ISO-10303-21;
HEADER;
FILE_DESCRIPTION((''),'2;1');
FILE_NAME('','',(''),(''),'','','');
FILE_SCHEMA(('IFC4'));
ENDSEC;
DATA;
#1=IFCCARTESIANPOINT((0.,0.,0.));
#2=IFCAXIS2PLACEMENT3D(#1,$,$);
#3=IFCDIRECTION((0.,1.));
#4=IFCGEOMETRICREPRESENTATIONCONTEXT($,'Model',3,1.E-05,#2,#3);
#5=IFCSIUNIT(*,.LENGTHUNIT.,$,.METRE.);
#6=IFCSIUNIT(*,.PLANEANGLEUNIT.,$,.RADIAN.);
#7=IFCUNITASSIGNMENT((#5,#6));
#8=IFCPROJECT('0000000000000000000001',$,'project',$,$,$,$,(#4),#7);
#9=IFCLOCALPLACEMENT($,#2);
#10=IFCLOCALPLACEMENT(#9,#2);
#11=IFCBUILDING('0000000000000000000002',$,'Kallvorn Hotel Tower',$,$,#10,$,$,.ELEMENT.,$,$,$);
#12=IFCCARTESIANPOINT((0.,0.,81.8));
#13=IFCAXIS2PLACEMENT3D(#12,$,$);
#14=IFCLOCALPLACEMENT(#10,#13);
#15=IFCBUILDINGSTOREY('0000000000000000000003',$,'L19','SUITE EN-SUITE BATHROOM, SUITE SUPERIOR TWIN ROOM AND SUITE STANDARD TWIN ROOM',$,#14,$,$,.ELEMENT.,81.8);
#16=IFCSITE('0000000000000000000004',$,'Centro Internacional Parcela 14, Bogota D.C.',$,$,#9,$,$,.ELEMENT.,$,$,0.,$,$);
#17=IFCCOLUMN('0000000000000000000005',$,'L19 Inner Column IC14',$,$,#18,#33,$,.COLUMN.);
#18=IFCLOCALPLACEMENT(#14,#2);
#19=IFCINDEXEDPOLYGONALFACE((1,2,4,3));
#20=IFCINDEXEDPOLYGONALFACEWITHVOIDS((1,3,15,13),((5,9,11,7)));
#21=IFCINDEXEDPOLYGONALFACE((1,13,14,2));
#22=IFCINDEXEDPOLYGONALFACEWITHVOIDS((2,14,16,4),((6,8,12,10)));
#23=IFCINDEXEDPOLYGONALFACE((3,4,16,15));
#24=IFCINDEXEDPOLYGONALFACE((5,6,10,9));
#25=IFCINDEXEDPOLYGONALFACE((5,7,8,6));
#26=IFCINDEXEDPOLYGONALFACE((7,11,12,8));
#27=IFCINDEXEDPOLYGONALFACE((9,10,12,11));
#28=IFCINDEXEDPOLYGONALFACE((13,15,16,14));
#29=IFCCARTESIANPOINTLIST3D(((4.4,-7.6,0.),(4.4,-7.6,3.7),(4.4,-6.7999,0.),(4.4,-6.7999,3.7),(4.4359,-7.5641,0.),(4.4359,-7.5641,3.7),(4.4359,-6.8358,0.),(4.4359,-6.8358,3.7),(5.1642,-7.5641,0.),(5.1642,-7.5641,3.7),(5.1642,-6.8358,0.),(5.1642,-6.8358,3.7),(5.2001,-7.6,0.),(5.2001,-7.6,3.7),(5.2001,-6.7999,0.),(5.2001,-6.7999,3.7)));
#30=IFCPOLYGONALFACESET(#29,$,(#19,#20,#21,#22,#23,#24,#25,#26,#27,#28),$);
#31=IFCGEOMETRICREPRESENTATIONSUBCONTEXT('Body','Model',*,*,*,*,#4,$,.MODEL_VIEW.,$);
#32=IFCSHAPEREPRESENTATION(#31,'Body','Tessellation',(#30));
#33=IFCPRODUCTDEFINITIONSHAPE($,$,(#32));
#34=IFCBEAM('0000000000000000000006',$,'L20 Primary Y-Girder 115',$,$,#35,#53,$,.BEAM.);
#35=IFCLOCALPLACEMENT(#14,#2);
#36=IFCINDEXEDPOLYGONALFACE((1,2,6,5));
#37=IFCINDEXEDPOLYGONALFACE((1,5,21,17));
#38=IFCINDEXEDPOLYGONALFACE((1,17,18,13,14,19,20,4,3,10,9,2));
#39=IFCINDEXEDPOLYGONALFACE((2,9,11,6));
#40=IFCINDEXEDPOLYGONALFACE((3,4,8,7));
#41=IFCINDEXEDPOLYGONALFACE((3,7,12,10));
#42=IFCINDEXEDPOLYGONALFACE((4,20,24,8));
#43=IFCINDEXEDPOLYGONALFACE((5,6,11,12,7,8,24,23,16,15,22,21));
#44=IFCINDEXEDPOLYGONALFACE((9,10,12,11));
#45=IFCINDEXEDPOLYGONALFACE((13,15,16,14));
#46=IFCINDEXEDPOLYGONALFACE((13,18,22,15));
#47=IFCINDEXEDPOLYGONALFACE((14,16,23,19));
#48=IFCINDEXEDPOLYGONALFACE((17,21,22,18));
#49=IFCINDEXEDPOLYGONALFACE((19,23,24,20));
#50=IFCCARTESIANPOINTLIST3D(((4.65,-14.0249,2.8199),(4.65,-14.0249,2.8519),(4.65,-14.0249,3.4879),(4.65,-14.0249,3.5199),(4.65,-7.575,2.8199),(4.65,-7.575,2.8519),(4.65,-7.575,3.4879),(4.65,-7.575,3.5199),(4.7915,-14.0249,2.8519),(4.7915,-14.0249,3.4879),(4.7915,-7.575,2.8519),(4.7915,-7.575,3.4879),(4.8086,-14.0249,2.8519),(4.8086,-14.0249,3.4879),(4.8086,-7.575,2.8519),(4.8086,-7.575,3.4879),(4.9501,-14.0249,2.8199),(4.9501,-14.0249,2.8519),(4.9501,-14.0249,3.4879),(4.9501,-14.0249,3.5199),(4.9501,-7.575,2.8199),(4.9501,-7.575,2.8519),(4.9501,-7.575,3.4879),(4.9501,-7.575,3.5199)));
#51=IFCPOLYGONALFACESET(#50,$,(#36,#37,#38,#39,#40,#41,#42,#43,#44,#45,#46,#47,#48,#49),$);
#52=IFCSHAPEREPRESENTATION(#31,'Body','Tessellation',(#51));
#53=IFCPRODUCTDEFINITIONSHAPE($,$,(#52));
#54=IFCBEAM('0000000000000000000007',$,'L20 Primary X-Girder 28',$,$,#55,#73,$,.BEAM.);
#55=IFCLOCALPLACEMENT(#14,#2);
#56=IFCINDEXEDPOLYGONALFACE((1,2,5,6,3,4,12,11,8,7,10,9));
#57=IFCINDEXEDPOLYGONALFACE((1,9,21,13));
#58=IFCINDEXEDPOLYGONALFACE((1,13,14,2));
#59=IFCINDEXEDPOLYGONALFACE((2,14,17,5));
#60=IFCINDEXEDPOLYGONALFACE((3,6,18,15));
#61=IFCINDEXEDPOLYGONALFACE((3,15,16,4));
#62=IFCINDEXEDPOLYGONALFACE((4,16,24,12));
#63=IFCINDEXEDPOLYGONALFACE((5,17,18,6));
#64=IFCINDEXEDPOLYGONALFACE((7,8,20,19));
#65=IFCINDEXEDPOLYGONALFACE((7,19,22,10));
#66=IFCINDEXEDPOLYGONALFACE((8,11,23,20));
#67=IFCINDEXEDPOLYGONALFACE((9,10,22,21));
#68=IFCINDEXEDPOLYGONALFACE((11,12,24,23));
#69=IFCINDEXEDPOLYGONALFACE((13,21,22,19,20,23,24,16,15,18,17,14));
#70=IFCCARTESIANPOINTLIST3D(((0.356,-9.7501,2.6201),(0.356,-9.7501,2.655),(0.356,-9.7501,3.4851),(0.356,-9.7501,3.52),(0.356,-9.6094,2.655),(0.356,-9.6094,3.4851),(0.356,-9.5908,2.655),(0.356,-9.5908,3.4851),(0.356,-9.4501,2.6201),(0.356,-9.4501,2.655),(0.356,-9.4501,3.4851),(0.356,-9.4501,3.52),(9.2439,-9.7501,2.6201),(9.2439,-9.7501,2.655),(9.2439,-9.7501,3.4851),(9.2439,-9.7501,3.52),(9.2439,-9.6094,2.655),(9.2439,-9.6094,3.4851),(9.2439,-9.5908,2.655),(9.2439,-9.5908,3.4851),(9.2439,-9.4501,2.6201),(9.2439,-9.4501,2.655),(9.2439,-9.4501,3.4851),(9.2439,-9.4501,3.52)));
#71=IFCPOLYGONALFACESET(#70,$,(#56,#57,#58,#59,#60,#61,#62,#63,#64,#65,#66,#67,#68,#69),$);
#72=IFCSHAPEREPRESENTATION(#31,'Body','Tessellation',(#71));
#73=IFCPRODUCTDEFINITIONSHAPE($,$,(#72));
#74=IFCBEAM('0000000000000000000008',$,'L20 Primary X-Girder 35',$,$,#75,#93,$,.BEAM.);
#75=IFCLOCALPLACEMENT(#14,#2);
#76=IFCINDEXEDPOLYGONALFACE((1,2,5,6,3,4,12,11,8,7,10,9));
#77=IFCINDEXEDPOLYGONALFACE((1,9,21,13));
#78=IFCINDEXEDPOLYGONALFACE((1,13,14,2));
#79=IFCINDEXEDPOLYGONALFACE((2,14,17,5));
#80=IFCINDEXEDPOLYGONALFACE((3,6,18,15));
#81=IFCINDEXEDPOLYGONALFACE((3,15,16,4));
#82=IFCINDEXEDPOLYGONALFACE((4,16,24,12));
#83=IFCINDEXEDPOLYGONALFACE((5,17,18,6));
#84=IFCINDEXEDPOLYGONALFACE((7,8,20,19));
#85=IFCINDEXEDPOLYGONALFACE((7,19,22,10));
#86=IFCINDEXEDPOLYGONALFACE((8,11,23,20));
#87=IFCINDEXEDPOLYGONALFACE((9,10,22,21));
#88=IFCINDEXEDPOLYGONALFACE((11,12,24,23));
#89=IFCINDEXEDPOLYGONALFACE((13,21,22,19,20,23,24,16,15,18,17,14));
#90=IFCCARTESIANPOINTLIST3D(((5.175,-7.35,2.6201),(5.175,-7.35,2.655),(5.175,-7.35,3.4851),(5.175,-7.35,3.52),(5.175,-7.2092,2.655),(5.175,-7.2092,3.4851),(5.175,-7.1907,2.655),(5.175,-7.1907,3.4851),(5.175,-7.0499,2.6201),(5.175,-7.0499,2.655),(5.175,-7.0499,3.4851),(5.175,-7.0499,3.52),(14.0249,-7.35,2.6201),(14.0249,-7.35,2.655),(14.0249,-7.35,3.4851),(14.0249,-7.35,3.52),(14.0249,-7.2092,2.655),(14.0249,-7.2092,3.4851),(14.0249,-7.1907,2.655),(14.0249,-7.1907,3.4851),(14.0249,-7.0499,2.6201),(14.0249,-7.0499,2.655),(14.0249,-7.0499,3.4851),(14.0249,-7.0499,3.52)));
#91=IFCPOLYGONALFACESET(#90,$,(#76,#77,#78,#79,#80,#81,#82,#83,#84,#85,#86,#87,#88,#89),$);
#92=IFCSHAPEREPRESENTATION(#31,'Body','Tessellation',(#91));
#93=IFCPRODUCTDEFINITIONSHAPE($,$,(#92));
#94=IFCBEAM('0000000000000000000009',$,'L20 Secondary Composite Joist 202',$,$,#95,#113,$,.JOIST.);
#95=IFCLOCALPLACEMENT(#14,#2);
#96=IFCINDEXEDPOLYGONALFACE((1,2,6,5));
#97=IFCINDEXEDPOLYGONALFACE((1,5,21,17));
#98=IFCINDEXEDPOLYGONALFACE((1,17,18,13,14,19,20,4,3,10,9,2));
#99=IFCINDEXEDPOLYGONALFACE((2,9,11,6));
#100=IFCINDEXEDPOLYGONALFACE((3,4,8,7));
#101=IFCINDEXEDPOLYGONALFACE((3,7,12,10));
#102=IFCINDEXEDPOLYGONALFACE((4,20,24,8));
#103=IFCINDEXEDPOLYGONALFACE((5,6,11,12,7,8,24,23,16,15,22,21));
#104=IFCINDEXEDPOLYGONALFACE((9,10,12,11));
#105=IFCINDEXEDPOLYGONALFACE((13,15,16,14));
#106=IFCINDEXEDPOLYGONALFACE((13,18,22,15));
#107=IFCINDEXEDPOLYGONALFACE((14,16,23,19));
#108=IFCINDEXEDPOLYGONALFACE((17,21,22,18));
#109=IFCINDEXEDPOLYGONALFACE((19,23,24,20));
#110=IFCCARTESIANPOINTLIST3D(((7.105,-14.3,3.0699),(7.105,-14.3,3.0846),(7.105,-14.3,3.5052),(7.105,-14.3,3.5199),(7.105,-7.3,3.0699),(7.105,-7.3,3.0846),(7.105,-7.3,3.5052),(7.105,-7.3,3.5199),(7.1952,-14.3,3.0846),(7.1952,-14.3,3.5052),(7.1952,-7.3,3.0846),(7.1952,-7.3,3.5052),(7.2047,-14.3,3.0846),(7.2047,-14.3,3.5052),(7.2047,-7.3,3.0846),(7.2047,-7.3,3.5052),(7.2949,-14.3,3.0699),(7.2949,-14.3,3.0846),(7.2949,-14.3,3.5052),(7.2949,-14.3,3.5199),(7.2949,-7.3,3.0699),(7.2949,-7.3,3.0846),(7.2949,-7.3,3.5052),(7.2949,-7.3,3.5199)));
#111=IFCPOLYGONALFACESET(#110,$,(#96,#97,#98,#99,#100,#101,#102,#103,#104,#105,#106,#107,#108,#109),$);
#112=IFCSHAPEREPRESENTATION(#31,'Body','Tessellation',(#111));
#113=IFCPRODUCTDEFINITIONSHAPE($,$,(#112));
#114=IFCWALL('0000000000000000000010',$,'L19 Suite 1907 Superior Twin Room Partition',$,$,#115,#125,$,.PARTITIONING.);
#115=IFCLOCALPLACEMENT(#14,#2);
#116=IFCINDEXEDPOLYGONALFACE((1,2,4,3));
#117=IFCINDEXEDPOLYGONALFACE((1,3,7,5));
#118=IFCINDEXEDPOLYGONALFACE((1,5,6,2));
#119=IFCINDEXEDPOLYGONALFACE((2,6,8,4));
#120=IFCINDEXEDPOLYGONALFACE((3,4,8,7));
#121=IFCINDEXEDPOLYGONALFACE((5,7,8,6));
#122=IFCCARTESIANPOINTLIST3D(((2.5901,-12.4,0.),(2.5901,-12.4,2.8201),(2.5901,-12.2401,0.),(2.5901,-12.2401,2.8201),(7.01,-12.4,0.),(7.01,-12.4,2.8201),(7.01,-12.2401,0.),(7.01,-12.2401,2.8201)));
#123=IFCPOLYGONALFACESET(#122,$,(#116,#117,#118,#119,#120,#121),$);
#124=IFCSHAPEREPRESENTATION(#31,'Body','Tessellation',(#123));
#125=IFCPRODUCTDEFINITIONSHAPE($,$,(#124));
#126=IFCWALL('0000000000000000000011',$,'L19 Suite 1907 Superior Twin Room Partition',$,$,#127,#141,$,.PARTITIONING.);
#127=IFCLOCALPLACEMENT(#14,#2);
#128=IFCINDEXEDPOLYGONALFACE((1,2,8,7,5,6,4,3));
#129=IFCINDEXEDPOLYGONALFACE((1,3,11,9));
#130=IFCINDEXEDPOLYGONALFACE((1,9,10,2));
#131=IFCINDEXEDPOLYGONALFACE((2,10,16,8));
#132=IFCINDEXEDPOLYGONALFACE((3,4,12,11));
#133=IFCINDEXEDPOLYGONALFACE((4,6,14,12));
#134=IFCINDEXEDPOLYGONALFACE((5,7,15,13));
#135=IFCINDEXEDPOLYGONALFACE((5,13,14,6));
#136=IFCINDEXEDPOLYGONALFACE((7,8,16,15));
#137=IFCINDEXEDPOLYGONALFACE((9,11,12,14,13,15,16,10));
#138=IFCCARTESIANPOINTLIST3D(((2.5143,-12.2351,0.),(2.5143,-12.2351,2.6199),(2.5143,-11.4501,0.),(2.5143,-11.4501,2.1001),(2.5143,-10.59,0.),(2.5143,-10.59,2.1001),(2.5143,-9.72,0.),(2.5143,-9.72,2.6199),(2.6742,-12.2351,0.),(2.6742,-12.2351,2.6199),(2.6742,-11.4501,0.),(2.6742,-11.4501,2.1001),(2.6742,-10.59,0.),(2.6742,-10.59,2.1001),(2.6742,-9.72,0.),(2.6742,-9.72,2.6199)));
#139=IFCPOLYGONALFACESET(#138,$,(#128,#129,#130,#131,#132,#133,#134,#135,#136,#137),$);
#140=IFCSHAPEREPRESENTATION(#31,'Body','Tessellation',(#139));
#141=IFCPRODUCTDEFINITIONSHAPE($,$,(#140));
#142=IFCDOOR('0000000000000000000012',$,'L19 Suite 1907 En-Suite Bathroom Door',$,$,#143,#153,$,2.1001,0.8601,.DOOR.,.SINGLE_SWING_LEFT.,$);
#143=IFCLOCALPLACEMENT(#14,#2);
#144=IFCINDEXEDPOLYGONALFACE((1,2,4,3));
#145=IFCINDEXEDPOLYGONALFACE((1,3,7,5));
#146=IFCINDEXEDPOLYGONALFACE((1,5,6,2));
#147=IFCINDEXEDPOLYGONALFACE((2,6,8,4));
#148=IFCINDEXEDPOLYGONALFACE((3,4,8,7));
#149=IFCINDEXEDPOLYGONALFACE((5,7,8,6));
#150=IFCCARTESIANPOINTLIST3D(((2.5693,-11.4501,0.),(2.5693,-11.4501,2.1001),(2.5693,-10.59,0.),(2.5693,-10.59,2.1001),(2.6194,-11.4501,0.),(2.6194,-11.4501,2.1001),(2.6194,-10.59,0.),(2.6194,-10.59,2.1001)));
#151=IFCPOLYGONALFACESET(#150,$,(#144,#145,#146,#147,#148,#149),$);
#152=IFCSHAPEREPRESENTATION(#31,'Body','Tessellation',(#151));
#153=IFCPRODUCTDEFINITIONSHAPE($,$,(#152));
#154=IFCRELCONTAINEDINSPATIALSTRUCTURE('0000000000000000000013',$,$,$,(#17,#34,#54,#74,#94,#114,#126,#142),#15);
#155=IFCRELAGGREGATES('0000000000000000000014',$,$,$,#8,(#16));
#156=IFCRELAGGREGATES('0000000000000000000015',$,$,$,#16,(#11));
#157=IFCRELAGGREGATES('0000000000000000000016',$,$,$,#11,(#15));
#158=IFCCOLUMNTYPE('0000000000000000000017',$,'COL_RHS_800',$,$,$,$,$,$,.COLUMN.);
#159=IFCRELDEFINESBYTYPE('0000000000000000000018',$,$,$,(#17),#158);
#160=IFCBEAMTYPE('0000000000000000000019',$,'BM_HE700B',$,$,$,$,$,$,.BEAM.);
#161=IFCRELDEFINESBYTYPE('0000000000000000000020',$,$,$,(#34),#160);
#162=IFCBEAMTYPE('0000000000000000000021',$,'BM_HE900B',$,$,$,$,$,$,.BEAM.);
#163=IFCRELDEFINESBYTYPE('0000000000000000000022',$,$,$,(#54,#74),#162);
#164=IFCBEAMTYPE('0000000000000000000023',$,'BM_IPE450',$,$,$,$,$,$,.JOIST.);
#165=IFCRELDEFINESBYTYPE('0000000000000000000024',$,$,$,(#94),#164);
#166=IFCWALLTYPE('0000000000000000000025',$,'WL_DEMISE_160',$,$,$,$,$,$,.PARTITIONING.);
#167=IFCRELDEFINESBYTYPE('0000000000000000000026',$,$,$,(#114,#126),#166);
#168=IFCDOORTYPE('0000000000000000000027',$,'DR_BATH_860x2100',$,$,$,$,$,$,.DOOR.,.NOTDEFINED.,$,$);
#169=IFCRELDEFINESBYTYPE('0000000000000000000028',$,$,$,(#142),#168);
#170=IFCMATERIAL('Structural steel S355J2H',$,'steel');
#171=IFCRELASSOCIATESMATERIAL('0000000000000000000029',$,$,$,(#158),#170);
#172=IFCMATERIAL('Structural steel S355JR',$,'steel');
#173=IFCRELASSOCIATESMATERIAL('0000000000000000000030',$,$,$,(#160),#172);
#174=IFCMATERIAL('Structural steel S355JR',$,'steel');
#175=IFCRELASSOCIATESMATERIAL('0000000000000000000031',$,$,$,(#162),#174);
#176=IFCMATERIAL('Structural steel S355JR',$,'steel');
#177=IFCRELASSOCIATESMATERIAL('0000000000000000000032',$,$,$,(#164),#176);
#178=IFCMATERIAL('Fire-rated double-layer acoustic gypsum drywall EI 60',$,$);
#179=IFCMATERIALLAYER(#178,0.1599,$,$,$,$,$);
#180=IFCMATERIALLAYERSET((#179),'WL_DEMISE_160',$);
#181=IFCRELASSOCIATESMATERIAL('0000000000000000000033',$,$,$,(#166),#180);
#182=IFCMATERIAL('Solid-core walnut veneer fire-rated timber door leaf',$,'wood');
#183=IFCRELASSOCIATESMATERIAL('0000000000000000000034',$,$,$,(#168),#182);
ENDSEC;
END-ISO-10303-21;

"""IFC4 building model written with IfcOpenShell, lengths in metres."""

from ifc_helpers import new_model, si_unit, direction, frame, frame_2d, origin, origin_2d, place, context, subcontext, project, spatial, rectangle, hollow_rectangle, i_section, extrude, material, layer, layer_set, material_profile, profile_set, type_object, element, fill, save


model = new_model("IFC4")

# Units and contexts
model_context = context("Model", 3, precision=1e-05, world=origin(), true_north=direction((0.0, 1.0)))
body_context = subcontext(model_context, "Body", "Model", "MODEL_VIEW")
ifc_project = project(units=[si_unit("LENGTHUNIT", "METRE"), si_unit("PLANEANGLEUNIT", "RADIAN")], contexts=[model_context])

# Site, building, storey
site_placement = place(None, origin())
site = spatial("IfcSite", under=ifc_project, at=site_placement, Name="Centro Internacional Parcela 14, Bogota D.C.", CompositionType="ELEMENT", RefElevation=0.0)
building_placement = place(site_placement, origin())
building = spatial("IfcBuilding", under=site, at=building_placement, Name="Kallvorn Hotel Tower", CompositionType="ELEMENT")
storey_placement = place(building_placement, frame((0.0, 0.0, 81.8)))
storey = spatial("IfcBuildingStorey", under=building, at=storey_placement, Name="L19", Description="SUITE EN-SUITE BATHROOM, SUITE SUPERIOR TWIN ROOM AND SUITE STANDARD TWIN ROOM", CompositionType="ELEMENT", Elevation=81.8)

# Column
ifc_material_1 = material(Name="Structural steel S355J2H", Category="steel")
ifc_material_profile_1 = material_profile(ifc_material_1, hollow_rectangle(XDim=0.8, YDim=0.8, WallThickness=0.0359, at=origin_2d()), Name="RHS 800x800x36")
ifc_profile_set_1 = profile_set([ifc_material_profile_1], Name="Structural steel S355J2H")
column_type = type_object("IfcColumnType", Name="COL_RHS_800", PredefinedType="COLUMN", material=ifc_profile_set_1)
column_placement = place(storey_placement, frame((4.8, -7.2, 0.0), z_axis=(0.0, 0.0, 1.0), x_axis=(1.0, 0.0, 0.0)))
element("IfcColumn", 1, at=column_placement, inside=storey, type_object=column_type, Name="L19 Inner Column IC14", PredefinedType="COLUMN", context=body_context, shape_type="SweptSolid", body=[
    extrude(hollow_rectangle(XDim=0.8, YDim=0.8, WallThickness=0.0359, at=origin_2d()), origin(), (0.0, 0.0, 1.0), 3.7),
])

# Beams
ifc_material_2 = material(Name="Structural steel S355JR", Category="steel")
ifc_material_profile_2 = material_profile(ifc_material_2, i_section(OverallWidth=0.3, OverallDepth=0.7, WebThickness=0.0171, FlangeThickness=0.032, at=origin_2d()), Name="HE 700 B")
ifc_profile_set_2 = profile_set([ifc_material_profile_2], Name="Structural steel S355JR")
beam_type_1 = type_object("IfcBeamType", Name="BM_HE700B", PredefinedType="BEAM", material=ifc_profile_set_2)
beam_1_placement = place(storey_placement, frame((4.8, -14.0249, 3.1699), z_axis=(0.0, 1.0, 0.0), x_axis=(-1.0, 0.0, 0.0)))
element("IfcBeam", 2, at=beam_1_placement, inside=storey, type_object=beam_type_1, Name="L20 Primary Y-Girder 115", PredefinedType="BEAM", context=body_context, shape_type="SweptSolid", body=[
    extrude(i_section(OverallWidth=0.3, OverallDepth=0.7, WebThickness=0.0171, FlangeThickness=0.032, at=origin_2d()), origin(), (0.0, 0.0, 1.0), 6.45),
])
ifc_material_3 = material(Name="Structural steel S355JR", Category="steel")
ifc_material_profile_3 = material_profile(ifc_material_3, i_section(OverallWidth=0.3, OverallDepth=0.8999, WebThickness=0.0186, FlangeThickness=0.0349, at=origin_2d()), Name="HE 900 B")
ifc_profile_set_3 = profile_set([ifc_material_profile_3], Name="Structural steel S355JR")
beam_type_2 = type_object("IfcBeamType", Name="BM_HE900B", PredefinedType="BEAM", material=ifc_profile_set_3)
beam_2_placement = place(storey_placement, frame((0.356, -9.6001, 3.0701), z_axis=(1.0, 0.0, 0.0), x_axis=(0.0, 1.0, 0.0)))
element("IfcBeam", 3, at=beam_2_placement, inside=storey, type_object=beam_type_2, Name="L20 Primary X-Girder 28", PredefinedType="BEAM", context=body_context, shape_type="SweptSolid", body=[
    extrude(i_section(OverallWidth=0.3, OverallDepth=0.8999, WebThickness=0.0186, FlangeThickness=0.0349, at=origin_2d()), origin(), (0.0, 0.0, 1.0), 8.8879),
])
beam_3_placement = place(storey_placement, frame((5.175, -7.2, 3.0701), z_axis=(1.0, 0.0, 0.0), x_axis=(0.0, 1.0, 0.0)))
element("IfcBeam", 4, at=beam_3_placement, inside=storey, type_object=beam_type_2, Name="L20 Primary X-Girder 35", PredefinedType="BEAM", context=body_context, shape_type="SweptSolid", body=[
    extrude(i_section(OverallWidth=0.3, OverallDepth=0.8999, WebThickness=0.0186, FlangeThickness=0.0349, at=origin_2d()), origin(), (0.0, 0.0, 1.0), 8.8499),
])
ifc_material_4 = material(Name="Structural steel S355JR", Category="steel")
ifc_material_profile_4 = material_profile(ifc_material_4, i_section(OverallWidth=0.1899, OverallDepth=0.45, WebThickness=0.0095, FlangeThickness=0.0146, at=origin_2d()), Name="IPE 450")
ifc_profile_set_4 = profile_set([ifc_material_profile_4], Name="Structural steel S355JR")
beam_type_3 = type_object("IfcBeamType", Name="BM_IPE450", PredefinedType="JOIST", material=ifc_profile_set_4)
beam_4_placement = place(storey_placement, frame((7.2, -14.3, 3.2949), z_axis=(0.0, 1.0, 0.0), x_axis=(-1.0, 0.0, 0.0)))
element("IfcBeam", 5, at=beam_4_placement, inside=storey, type_object=beam_type_3, Name="L20 Secondary Composite Joist 202", PredefinedType="JOIST", context=body_context, shape_type="SweptSolid", body=[
    extrude(i_section(OverallWidth=0.1899, OverallDepth=0.45, WebThickness=0.0095, FlangeThickness=0.0146, at=origin_2d()), origin(), (0.0, 0.0, 1.0), 7.0),
])

# Wall
ifc_material_5 = material(Name="Fire-rated double-layer acoustic gypsum drywall EI 60")
ifc_layer_1 = layer(ifc_material_5, 0.1599)
ifc_layer_set_1 = layer_set([ifc_layer_1], Name="WL_DEMISE_160")
wall_type_1 = type_object("IfcWallType", Name="WL_DEMISE_160", PredefinedType="PARTITIONING", material=ifc_layer_set_1)
wall_1_placement = place(storey_placement, frame((2.5901, -12.3201, 0.0), z_axis=(0.0, 0.0, 1.0), x_axis=(1.0, 0.0, 0.0)))
element("IfcWall", 6, at=wall_1_placement, inside=storey, type_object=wall_type_1, Name="L19 Suite 1907 Superior Twin Room Partition", PredefinedType="PARTITIONING", context=body_context, shape_type="SweptSolid", body=[
    extrude(rectangle(XDim=4.4199, YDim=0.1599, at=frame_2d((2.21, 0.0))), origin(), (0.0, 0.0, 1.0), 2.8201),
])

# Wall, opening, door
wall_2_placement = place(storey_placement, frame((2.5942, -12.2351, 0.0), z_axis=(0.0, 0.0, 1.0), x_axis=(0.0, 1.0, 0.0)))
wall_2 = element("IfcWall", 7, at=wall_2_placement, inside=storey, type_object=wall_type_1, Name="L19 Suite 1907 Superior Twin Room Partition", PredefinedType="PARTITIONING", context=body_context, shape_type="SweptSolid", body=[
    extrude(rectangle(XDim=2.5151, YDim=0.1599, at=frame_2d((1.2576, 0.0))), origin(), (0.0, 0.0, 1.0), 2.6199),
])
opening_1_placement = place(wall_2_placement, frame((0.7849, 0.0, 0.0)))
opening_1 = element("IfcOpeningElement", 8, at=opening_1_placement, cuts=wall_2, PredefinedType="OPENING", context=body_context, shape_type="SweptSolid", body=[
    extrude(rectangle(XDim=0.8601, YDim=2.1001, at=frame_2d((0.4302, 1.05))), frame((0.0, 0.095, 0.0), z_axis=(0.0, -1.0, 0.0), x_axis=(1.0, 0.0, 0.0)), (0.0, 0.0, 1.0), 0.1899),
])
ifc_material_6 = material(Name="Solid-core walnut veneer fire-rated timber door leaf", Category="wood")
door_type_1 = type_object("IfcDoorType", Name="DR_BATH_860x2100", OperationType="NOTDEFINED", PredefinedType="DOOR", material=ifc_material_6)
door_1_placement = place(opening_1_placement, origin())
door_1 = element("IfcDoor", 9, at=door_1_placement, inside=storey, type_object=door_type_1, Name="L19 Suite 1907 En-Suite Bathroom Door", OperationType="SINGLE_SWING_LEFT", OverallHeight=2.1001, OverallWidth=0.8601, PredefinedType="DOOR", context=body_context, shape_type="SweptSolid", body=[
    extrude(rectangle(XDim=0.8601, YDim=2.1001, at=frame_2d((0.4302, 1.05))), frame((0.0, 0.0249, 0.0), z_axis=(0.0, -1.0, 0.0), x_axis=(1.0, 0.0, 0.0)), (0.0, 0.0, 1.0), 0.05),
])
fill(opening_1, door_1)

save(model, "model.ifc")
